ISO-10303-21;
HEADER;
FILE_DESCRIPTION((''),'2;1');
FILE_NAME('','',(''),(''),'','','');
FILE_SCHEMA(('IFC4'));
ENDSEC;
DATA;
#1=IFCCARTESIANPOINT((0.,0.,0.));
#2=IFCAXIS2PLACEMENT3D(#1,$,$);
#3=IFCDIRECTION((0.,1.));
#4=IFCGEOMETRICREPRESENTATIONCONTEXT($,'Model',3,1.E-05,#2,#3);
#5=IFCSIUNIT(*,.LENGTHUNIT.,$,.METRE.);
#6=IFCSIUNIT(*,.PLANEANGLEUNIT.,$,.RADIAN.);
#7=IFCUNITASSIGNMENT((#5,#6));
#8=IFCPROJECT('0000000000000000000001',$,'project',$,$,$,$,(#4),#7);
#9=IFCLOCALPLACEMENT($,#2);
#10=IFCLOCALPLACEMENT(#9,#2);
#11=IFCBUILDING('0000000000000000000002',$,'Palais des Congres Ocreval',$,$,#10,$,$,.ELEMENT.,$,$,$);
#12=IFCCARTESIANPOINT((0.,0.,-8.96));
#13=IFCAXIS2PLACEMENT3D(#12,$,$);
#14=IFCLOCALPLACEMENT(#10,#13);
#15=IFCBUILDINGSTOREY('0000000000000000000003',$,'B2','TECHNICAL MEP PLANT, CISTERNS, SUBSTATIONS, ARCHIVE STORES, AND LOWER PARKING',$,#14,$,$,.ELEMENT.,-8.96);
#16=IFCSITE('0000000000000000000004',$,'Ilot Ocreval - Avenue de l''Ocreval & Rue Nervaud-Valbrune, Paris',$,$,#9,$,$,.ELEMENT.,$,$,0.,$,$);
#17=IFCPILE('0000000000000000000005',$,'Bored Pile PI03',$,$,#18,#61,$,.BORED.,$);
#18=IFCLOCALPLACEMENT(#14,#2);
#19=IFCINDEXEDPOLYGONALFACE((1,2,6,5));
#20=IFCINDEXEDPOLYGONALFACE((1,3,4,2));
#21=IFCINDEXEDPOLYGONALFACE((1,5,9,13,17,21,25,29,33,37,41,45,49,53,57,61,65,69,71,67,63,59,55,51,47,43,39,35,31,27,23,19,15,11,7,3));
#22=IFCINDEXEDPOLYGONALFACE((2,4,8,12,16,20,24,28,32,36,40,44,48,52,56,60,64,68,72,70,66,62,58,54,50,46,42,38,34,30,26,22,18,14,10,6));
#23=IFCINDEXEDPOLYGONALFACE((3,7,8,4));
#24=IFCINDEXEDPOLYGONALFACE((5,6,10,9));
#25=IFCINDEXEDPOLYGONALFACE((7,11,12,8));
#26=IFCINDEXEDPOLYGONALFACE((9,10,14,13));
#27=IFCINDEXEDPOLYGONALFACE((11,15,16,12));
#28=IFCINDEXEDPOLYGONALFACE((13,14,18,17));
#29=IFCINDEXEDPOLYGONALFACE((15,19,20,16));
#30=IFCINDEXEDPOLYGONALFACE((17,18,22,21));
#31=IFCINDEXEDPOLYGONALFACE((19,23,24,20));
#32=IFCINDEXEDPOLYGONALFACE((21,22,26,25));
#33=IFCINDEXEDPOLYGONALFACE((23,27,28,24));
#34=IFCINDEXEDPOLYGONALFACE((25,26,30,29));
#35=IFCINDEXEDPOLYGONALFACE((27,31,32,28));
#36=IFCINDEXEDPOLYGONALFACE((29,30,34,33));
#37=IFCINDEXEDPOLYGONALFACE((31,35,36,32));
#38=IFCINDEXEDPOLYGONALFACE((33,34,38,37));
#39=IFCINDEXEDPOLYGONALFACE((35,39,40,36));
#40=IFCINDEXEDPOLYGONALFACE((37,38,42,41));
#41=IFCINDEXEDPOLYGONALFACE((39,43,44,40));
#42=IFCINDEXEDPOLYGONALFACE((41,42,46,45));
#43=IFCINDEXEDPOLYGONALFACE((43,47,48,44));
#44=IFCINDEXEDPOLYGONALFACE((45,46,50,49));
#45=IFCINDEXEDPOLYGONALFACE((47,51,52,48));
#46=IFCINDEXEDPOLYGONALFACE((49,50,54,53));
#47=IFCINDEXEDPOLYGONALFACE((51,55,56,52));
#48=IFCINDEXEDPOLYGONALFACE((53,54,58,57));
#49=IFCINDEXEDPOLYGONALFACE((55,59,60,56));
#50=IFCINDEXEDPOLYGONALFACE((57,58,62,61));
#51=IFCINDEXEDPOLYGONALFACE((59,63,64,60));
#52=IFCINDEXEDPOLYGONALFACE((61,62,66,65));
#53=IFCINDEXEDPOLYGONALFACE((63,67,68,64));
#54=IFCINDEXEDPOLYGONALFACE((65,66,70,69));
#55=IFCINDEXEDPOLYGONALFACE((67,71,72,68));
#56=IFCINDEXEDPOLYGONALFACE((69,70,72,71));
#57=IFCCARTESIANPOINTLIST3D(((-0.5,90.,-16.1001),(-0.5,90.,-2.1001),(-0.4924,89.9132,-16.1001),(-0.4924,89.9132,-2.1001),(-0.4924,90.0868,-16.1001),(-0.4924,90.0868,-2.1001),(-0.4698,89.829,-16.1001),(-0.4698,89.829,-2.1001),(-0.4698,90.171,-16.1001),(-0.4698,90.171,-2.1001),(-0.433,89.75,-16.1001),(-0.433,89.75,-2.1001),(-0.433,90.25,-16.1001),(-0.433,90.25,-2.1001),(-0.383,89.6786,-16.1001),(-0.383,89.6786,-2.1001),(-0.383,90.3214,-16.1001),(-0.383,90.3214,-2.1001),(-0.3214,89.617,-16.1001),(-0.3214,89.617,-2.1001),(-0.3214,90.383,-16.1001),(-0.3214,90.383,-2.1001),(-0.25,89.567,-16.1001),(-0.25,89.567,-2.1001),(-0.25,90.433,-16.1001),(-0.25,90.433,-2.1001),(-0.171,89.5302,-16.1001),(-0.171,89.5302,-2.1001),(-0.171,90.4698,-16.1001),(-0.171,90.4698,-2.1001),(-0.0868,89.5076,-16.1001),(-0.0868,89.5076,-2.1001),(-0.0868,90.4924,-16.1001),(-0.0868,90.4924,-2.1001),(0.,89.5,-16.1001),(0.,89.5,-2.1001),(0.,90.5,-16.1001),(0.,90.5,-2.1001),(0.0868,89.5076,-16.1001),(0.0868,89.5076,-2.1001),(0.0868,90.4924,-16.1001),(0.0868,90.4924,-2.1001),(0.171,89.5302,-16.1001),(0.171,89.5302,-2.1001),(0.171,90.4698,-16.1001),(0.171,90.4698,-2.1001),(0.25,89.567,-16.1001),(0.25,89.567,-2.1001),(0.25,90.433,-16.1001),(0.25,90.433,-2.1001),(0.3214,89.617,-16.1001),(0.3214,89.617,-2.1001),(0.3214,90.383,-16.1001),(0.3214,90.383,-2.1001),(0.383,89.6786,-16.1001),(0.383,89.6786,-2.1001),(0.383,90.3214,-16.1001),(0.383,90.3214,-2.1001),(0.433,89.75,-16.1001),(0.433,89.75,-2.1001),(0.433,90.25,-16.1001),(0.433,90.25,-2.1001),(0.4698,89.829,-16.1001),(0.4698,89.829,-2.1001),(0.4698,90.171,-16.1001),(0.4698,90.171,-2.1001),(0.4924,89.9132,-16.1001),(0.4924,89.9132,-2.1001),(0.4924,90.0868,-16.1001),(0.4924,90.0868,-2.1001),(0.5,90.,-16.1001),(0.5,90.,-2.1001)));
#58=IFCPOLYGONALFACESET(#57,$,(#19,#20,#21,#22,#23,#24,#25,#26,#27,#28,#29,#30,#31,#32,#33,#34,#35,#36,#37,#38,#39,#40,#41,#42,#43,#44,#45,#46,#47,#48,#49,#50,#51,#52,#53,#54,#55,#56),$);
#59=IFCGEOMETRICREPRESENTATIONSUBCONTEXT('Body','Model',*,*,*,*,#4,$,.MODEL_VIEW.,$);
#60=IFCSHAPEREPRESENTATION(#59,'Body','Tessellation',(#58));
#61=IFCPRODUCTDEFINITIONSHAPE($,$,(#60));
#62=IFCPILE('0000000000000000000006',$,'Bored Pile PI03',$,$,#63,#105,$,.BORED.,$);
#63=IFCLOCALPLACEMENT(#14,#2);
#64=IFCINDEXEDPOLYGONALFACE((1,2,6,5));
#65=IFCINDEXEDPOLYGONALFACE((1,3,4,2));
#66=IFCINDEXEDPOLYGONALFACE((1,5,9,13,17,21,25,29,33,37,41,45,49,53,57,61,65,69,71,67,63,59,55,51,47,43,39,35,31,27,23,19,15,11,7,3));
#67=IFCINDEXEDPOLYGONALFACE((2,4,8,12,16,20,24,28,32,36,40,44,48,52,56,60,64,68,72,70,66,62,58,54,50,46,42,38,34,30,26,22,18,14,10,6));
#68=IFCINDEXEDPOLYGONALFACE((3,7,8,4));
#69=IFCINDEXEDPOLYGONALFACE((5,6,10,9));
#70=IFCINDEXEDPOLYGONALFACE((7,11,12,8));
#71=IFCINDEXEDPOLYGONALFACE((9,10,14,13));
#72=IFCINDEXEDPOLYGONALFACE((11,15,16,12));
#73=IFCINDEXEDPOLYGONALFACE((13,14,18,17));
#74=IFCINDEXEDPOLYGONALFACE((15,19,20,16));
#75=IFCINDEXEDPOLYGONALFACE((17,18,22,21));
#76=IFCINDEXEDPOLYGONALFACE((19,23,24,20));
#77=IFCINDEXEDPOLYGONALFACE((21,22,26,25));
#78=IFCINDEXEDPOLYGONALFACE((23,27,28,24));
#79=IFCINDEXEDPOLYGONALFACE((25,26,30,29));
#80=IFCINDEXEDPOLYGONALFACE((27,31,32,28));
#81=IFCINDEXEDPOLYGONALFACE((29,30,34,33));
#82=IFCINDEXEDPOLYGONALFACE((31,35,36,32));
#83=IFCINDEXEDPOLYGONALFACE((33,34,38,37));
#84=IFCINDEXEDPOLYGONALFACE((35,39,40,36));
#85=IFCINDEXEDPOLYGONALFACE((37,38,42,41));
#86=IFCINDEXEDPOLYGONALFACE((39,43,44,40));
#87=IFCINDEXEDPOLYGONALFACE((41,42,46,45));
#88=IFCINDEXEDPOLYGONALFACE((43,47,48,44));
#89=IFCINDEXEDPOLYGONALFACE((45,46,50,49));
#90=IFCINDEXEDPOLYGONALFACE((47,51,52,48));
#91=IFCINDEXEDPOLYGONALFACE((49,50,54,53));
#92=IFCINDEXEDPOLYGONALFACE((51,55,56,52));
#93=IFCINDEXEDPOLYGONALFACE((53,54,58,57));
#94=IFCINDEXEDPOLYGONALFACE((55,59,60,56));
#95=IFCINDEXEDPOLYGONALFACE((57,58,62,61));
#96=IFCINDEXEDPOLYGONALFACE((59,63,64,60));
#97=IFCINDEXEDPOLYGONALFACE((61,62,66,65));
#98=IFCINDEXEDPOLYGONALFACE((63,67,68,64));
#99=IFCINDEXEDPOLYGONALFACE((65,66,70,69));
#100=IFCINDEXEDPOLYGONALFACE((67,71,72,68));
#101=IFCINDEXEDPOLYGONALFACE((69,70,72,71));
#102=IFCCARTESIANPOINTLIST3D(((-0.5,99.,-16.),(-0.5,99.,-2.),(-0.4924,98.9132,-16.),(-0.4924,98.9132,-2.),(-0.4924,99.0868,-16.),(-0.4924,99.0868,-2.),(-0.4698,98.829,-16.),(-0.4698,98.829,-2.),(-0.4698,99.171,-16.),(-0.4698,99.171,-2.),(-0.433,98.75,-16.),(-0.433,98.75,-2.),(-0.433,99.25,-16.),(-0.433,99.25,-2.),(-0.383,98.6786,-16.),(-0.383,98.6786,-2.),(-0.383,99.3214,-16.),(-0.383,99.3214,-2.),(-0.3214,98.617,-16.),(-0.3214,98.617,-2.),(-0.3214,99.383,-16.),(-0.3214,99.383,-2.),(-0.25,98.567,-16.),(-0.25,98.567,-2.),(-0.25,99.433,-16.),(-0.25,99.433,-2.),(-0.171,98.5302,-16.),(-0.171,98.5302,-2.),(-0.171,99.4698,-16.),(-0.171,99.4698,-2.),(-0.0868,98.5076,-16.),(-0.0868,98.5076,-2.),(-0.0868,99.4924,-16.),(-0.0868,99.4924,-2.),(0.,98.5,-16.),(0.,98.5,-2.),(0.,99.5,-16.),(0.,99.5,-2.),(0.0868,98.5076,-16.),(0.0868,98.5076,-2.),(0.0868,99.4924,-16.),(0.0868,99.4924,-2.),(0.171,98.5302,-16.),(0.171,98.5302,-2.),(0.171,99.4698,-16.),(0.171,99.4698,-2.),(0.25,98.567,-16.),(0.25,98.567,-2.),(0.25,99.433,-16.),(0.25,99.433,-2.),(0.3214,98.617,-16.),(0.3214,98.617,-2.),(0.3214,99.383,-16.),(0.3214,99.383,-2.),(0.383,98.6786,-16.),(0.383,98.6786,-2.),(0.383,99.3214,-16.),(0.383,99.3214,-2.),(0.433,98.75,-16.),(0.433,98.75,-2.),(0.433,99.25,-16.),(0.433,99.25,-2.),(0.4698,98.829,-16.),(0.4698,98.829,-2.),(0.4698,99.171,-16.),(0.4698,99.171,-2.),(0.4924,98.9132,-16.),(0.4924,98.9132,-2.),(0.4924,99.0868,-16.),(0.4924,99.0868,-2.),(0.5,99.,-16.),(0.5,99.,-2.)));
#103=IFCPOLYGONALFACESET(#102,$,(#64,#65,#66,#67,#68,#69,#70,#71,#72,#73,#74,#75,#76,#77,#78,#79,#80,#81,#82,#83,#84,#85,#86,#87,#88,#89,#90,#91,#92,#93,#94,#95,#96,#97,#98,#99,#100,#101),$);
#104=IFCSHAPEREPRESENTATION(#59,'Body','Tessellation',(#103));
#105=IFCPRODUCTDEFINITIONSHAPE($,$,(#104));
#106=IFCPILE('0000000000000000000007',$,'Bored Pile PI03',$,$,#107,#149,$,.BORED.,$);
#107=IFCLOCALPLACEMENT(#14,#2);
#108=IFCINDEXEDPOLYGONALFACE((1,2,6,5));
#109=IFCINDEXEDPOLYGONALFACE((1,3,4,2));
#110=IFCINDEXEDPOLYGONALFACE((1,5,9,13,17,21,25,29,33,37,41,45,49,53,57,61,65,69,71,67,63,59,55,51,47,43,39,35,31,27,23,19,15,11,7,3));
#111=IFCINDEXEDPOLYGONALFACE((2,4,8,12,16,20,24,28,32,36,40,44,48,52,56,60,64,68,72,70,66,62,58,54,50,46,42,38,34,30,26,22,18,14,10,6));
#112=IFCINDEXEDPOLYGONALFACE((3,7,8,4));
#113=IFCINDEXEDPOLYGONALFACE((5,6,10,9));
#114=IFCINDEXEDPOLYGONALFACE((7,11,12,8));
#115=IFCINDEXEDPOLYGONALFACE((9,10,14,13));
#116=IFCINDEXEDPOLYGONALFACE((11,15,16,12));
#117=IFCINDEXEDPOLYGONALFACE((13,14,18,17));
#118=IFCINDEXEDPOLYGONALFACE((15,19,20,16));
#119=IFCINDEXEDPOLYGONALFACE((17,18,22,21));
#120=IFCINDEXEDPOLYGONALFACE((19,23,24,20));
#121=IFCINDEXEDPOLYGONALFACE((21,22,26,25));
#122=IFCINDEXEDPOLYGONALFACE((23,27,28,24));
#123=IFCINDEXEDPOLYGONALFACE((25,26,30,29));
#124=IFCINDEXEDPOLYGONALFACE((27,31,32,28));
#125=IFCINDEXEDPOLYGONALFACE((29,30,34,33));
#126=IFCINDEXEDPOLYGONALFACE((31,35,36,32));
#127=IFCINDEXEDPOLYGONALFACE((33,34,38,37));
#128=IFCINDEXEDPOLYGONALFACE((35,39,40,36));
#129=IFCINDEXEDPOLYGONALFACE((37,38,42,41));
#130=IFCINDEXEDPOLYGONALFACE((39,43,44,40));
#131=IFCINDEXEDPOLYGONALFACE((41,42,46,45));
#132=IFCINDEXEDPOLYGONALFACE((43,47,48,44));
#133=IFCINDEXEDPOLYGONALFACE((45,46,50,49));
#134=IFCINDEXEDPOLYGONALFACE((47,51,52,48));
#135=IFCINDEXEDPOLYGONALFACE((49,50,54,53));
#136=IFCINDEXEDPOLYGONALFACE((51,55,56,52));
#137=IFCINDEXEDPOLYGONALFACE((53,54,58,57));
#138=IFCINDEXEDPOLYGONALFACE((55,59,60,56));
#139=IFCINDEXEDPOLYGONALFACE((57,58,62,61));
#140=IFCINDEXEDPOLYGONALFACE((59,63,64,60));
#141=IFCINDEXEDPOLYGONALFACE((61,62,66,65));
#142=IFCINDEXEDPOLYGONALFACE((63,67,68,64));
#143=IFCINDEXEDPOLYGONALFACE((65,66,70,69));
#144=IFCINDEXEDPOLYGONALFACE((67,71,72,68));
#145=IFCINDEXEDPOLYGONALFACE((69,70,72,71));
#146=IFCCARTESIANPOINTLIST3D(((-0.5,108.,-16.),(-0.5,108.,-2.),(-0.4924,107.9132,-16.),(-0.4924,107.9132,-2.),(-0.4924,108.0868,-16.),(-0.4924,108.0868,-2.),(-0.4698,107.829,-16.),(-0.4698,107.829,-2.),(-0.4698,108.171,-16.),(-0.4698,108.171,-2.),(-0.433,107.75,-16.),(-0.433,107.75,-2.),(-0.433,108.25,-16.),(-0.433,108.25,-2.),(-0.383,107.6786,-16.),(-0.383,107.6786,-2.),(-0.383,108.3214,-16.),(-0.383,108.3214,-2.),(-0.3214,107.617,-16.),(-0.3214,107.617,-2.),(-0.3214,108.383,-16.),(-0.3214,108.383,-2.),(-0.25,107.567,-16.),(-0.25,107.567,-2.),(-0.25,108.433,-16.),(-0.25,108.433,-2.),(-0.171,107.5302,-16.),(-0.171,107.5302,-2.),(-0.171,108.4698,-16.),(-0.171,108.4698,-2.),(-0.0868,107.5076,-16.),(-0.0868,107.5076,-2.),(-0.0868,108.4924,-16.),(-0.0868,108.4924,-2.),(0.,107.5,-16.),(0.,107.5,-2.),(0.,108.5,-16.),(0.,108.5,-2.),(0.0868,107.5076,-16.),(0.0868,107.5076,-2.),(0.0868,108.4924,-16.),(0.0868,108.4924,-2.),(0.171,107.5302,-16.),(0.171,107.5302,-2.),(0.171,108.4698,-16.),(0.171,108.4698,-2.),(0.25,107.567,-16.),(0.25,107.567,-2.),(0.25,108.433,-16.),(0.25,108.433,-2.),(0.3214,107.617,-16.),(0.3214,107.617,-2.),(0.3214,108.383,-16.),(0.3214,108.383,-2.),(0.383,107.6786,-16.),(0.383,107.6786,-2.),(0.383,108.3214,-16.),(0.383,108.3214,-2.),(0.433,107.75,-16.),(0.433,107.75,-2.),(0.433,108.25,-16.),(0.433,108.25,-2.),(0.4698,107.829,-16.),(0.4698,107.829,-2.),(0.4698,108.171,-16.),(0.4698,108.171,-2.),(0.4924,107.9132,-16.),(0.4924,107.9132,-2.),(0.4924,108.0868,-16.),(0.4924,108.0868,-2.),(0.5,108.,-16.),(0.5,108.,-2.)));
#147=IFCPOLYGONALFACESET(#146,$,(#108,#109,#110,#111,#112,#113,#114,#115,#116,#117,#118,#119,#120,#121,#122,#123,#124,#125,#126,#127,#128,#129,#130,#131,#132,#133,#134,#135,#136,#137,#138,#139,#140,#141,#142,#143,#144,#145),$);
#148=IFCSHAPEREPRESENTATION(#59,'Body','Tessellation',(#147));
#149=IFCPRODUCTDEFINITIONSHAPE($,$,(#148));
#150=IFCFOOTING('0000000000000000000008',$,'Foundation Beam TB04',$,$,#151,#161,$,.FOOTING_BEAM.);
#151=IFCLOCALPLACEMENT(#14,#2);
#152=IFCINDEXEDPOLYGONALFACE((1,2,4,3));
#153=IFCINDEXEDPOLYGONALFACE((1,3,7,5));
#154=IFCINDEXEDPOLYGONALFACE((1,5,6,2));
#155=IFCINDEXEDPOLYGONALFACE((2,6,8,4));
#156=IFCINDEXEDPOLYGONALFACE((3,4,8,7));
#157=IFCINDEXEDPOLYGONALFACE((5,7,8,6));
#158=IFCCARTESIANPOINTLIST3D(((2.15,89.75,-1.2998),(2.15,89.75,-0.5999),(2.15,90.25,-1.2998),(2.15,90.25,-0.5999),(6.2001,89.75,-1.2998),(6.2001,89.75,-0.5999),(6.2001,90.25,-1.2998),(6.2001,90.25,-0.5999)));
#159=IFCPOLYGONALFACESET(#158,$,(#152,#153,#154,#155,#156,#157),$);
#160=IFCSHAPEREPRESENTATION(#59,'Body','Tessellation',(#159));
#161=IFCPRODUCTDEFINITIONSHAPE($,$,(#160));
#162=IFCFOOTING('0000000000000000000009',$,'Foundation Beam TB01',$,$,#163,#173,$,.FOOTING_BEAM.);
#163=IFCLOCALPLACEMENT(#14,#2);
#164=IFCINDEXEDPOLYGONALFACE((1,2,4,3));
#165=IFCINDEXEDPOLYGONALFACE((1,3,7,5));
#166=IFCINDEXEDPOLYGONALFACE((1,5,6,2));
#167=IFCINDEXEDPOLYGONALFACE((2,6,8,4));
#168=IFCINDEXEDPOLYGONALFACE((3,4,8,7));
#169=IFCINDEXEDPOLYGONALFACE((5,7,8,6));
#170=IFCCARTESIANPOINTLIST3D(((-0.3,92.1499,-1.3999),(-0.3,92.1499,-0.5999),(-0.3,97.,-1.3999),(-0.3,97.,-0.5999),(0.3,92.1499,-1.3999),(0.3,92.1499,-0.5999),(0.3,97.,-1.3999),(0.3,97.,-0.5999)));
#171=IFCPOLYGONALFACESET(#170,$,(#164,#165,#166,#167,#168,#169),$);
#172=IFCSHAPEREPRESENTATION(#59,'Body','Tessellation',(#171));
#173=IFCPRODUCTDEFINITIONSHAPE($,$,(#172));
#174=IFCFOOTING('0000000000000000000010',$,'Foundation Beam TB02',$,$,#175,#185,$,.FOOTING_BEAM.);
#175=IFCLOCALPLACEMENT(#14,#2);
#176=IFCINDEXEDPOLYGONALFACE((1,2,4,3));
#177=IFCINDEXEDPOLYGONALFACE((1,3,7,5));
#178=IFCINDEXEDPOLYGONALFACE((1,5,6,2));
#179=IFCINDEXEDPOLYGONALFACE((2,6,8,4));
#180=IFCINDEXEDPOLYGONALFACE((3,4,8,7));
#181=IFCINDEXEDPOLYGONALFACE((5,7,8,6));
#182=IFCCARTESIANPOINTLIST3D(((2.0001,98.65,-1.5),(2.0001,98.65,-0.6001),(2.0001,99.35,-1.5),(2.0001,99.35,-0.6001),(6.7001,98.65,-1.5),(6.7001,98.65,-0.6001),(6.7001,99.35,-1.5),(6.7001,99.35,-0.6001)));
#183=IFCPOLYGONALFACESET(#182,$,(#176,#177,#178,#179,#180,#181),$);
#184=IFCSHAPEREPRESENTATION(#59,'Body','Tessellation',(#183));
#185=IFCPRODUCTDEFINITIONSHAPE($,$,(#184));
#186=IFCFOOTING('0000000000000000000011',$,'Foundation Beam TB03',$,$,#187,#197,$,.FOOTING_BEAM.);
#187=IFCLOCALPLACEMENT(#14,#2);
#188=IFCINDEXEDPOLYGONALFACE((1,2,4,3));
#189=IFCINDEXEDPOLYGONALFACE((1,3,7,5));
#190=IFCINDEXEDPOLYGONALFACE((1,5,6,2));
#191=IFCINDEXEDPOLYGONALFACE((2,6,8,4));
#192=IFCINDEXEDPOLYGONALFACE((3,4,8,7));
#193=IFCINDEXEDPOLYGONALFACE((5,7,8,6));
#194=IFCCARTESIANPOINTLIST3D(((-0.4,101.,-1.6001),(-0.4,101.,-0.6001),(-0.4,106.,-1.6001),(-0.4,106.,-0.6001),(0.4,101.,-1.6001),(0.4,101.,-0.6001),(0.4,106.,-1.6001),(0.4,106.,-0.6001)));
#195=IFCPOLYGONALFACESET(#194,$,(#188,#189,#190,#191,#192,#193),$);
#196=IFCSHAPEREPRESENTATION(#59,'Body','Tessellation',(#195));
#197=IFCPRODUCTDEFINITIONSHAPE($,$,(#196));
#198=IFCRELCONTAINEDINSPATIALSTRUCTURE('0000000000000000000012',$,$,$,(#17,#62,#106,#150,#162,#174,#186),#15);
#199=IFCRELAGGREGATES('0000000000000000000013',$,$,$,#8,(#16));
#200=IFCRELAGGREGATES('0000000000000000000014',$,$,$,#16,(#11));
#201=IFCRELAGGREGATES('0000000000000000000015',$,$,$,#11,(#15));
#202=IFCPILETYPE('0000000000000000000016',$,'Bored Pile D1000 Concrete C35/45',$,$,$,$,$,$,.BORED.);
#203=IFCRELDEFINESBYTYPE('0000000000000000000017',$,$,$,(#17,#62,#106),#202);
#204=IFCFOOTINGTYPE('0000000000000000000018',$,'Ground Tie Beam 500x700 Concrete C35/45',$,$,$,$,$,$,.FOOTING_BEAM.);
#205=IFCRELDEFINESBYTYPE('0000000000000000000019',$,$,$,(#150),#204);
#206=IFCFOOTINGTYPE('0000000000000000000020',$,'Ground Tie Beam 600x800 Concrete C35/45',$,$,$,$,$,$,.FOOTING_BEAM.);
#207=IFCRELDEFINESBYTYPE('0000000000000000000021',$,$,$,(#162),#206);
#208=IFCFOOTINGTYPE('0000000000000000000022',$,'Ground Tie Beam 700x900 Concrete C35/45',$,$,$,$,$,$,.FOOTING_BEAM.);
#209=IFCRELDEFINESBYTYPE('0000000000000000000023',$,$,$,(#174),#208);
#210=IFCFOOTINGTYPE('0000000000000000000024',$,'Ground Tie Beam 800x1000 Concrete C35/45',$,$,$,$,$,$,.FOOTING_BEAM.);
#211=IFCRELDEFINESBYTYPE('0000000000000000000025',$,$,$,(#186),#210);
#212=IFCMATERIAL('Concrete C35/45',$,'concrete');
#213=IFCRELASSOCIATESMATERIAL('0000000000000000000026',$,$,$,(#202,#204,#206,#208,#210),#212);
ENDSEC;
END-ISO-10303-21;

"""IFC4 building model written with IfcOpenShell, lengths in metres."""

from ifc_helpers import new_model, si_unit, direction, frame, origin, origin_2d, place, context, subcontext, project, spatial, rectangle, circle, extrude, material, material_profile, profile_set, type_object, element, save


model = new_model("IFC4")

# Units and contexts
model_context = context("Model", 3, precision=1e-05, world=origin(), true_north=direction((0.0, 1.0)))
body_context = subcontext(model_context, "Body", "Model", "MODEL_VIEW")
ifc_project = project(units=[si_unit("LENGTHUNIT", "METRE"), si_unit("PLANEANGLEUNIT", "RADIAN")], contexts=[model_context])

# Site, building, storey
site_placement = place(None, origin())
site = spatial("IfcSite", under=ifc_project, at=site_placement, Name="Ilot Ocreval - Avenue de l'Ocreval & Rue Nervaud-Valbrune, Paris", CompositionType="ELEMENT", RefElevation=0.0)
building_placement = place(site_placement, origin())
building = spatial("IfcBuilding", under=site, at=building_placement, Name="Palais des Congres Ocreval", CompositionType="ELEMENT")
storey_placement = place(building_placement, frame((0.0, 0.0, -8.96)))
storey = spatial("IfcBuildingStorey", under=building, at=storey_placement, Name="B2", Description="TECHNICAL MEP PLANT, CISTERNS, SUBSTATIONS, ARCHIVE STORES, AND LOWER PARKING", CompositionType="ELEMENT", Elevation=-8.96)

# Piles
ifc_material_1 = material(Name="Concrete C35/45", Category="concrete")
ifc_material_profile_1 = material_profile(ifc_material_1, circle(Radius=0.5, at=origin_2d()), Name="BORED PILE 1000")
ifc_profile_set_1 = profile_set([ifc_material_profile_1], Name="Concrete C35/45")
pile_type = type_object("IfcPileType", Name="Bored Pile D1000 Concrete C35/45", PredefinedType="BORED", material=ifc_profile_set_1)
for number, where, z_axis, x_axis, name in (
    (1, (0.0, 90.0, -2.1001), (0.0, 0.0, -1.0), (1.0, 0.0, 0.0), "Bored Pile PI03"),
    (2, (0.0, 99.0, -2.0), (0.0, 0.0, -1.0), (1.0, 0.0, 0.0), "Bored Pile PI03"),
    (3, (0.0, 108.0, -2.0), (0.0, 0.0, -1.0), (1.0, 0.0, 0.0), "Bored Pile PI03"),
):
    element("IfcPile", number, at=place(storey_placement, frame(where, z_axis=z_axis, x_axis=x_axis)), inside=storey, type_object=pile_type, Name=name, PredefinedType="BORED", context=body_context, shape_type="SweptSolid", body=[
        extrude(circle(Radius=0.5, at=origin_2d()), origin(), (0.0, 0.0, 1.0), 14.0),
    ])

# Footings
footing_type_1 = type_object("IfcFootingType", Name="Ground Tie Beam 500x700 Concrete C35/45", PredefinedType="FOOTING_BEAM", material=ifc_material_1)
footing_1_placement = place(storey_placement, frame((4.175, 90.0, -1.2998), z_axis=(0.0, 0.0, 1.0), x_axis=(1.0, 0.0, 0.0)))
element("IfcFooting", 4, at=footing_1_placement, inside=storey, type_object=footing_type_1, Name="Foundation Beam TB04", PredefinedType="FOOTING_BEAM", context=body_context, shape_type="SweptSolid", body=[
    extrude(rectangle(XDim=4.05, YDim=0.5, at=origin_2d()), origin(), (0.0, 0.0, 1.0), 0.7),
])
footing_type_2 = type_object("IfcFootingType", Name="Ground Tie Beam 600x800 Concrete C35/45", PredefinedType="FOOTING_BEAM", material=ifc_material_1)
footing_2_placement = place(storey_placement, frame((0.0, 94.575, -1.3999), z_axis=(0.0, 0.0, 1.0), x_axis=(0.0, 1.0, 0.0)))
element("IfcFooting", 5, at=footing_2_placement, inside=storey, type_object=footing_type_2, Name="Foundation Beam TB01", PredefinedType="FOOTING_BEAM", context=body_context, shape_type="SweptSolid", body=[
    extrude(rectangle(XDim=4.8501, YDim=0.6001, at=origin_2d()), origin(), (0.0, 0.0, 1.0), 0.8),
])
footing_type_3 = type_object("IfcFootingType", Name="Ground Tie Beam 700x900 Concrete C35/45", PredefinedType="FOOTING_BEAM", material=ifc_material_1)
footing_3_placement = place(storey_placement, frame((4.3501, 99.0, -1.5), z_axis=(0.0, 0.0, 1.0), x_axis=(1.0, 0.0, 0.0)))
element("IfcFooting", 6, at=footing_3_placement, inside=storey, type_object=footing_type_3, Name="Foundation Beam TB02", PredefinedType="FOOTING_BEAM", context=body_context, shape_type="SweptSolid", body=[
    extrude(rectangle(XDim=4.7, YDim=0.7, at=origin_2d()), origin(), (0.0, 0.0, 1.0), 0.8999),
])
footing_type_4 = type_object("IfcFootingType", Name="Ground Tie Beam 800x1000 Concrete C35/45", PredefinedType="FOOTING_BEAM", material=ifc_material_1)
footing_4_placement = place(storey_placement, frame((0.0, 103.5, -1.6001), z_axis=(0.0, 0.0, 1.0), x_axis=(0.0, 1.0, 0.0)))
element("IfcFooting", 7, at=footing_4_placement, inside=storey, type_object=footing_type_4, Name="Foundation Beam TB03", PredefinedType="FOOTING_BEAM", context=body_context, shape_type="SweptSolid", body=[
    extrude(rectangle(XDim=5.0, YDim=0.8, at=origin_2d()), origin(), (0.0, 0.0, 1.0), 1.0),
])

save(model, "model.ifc")
